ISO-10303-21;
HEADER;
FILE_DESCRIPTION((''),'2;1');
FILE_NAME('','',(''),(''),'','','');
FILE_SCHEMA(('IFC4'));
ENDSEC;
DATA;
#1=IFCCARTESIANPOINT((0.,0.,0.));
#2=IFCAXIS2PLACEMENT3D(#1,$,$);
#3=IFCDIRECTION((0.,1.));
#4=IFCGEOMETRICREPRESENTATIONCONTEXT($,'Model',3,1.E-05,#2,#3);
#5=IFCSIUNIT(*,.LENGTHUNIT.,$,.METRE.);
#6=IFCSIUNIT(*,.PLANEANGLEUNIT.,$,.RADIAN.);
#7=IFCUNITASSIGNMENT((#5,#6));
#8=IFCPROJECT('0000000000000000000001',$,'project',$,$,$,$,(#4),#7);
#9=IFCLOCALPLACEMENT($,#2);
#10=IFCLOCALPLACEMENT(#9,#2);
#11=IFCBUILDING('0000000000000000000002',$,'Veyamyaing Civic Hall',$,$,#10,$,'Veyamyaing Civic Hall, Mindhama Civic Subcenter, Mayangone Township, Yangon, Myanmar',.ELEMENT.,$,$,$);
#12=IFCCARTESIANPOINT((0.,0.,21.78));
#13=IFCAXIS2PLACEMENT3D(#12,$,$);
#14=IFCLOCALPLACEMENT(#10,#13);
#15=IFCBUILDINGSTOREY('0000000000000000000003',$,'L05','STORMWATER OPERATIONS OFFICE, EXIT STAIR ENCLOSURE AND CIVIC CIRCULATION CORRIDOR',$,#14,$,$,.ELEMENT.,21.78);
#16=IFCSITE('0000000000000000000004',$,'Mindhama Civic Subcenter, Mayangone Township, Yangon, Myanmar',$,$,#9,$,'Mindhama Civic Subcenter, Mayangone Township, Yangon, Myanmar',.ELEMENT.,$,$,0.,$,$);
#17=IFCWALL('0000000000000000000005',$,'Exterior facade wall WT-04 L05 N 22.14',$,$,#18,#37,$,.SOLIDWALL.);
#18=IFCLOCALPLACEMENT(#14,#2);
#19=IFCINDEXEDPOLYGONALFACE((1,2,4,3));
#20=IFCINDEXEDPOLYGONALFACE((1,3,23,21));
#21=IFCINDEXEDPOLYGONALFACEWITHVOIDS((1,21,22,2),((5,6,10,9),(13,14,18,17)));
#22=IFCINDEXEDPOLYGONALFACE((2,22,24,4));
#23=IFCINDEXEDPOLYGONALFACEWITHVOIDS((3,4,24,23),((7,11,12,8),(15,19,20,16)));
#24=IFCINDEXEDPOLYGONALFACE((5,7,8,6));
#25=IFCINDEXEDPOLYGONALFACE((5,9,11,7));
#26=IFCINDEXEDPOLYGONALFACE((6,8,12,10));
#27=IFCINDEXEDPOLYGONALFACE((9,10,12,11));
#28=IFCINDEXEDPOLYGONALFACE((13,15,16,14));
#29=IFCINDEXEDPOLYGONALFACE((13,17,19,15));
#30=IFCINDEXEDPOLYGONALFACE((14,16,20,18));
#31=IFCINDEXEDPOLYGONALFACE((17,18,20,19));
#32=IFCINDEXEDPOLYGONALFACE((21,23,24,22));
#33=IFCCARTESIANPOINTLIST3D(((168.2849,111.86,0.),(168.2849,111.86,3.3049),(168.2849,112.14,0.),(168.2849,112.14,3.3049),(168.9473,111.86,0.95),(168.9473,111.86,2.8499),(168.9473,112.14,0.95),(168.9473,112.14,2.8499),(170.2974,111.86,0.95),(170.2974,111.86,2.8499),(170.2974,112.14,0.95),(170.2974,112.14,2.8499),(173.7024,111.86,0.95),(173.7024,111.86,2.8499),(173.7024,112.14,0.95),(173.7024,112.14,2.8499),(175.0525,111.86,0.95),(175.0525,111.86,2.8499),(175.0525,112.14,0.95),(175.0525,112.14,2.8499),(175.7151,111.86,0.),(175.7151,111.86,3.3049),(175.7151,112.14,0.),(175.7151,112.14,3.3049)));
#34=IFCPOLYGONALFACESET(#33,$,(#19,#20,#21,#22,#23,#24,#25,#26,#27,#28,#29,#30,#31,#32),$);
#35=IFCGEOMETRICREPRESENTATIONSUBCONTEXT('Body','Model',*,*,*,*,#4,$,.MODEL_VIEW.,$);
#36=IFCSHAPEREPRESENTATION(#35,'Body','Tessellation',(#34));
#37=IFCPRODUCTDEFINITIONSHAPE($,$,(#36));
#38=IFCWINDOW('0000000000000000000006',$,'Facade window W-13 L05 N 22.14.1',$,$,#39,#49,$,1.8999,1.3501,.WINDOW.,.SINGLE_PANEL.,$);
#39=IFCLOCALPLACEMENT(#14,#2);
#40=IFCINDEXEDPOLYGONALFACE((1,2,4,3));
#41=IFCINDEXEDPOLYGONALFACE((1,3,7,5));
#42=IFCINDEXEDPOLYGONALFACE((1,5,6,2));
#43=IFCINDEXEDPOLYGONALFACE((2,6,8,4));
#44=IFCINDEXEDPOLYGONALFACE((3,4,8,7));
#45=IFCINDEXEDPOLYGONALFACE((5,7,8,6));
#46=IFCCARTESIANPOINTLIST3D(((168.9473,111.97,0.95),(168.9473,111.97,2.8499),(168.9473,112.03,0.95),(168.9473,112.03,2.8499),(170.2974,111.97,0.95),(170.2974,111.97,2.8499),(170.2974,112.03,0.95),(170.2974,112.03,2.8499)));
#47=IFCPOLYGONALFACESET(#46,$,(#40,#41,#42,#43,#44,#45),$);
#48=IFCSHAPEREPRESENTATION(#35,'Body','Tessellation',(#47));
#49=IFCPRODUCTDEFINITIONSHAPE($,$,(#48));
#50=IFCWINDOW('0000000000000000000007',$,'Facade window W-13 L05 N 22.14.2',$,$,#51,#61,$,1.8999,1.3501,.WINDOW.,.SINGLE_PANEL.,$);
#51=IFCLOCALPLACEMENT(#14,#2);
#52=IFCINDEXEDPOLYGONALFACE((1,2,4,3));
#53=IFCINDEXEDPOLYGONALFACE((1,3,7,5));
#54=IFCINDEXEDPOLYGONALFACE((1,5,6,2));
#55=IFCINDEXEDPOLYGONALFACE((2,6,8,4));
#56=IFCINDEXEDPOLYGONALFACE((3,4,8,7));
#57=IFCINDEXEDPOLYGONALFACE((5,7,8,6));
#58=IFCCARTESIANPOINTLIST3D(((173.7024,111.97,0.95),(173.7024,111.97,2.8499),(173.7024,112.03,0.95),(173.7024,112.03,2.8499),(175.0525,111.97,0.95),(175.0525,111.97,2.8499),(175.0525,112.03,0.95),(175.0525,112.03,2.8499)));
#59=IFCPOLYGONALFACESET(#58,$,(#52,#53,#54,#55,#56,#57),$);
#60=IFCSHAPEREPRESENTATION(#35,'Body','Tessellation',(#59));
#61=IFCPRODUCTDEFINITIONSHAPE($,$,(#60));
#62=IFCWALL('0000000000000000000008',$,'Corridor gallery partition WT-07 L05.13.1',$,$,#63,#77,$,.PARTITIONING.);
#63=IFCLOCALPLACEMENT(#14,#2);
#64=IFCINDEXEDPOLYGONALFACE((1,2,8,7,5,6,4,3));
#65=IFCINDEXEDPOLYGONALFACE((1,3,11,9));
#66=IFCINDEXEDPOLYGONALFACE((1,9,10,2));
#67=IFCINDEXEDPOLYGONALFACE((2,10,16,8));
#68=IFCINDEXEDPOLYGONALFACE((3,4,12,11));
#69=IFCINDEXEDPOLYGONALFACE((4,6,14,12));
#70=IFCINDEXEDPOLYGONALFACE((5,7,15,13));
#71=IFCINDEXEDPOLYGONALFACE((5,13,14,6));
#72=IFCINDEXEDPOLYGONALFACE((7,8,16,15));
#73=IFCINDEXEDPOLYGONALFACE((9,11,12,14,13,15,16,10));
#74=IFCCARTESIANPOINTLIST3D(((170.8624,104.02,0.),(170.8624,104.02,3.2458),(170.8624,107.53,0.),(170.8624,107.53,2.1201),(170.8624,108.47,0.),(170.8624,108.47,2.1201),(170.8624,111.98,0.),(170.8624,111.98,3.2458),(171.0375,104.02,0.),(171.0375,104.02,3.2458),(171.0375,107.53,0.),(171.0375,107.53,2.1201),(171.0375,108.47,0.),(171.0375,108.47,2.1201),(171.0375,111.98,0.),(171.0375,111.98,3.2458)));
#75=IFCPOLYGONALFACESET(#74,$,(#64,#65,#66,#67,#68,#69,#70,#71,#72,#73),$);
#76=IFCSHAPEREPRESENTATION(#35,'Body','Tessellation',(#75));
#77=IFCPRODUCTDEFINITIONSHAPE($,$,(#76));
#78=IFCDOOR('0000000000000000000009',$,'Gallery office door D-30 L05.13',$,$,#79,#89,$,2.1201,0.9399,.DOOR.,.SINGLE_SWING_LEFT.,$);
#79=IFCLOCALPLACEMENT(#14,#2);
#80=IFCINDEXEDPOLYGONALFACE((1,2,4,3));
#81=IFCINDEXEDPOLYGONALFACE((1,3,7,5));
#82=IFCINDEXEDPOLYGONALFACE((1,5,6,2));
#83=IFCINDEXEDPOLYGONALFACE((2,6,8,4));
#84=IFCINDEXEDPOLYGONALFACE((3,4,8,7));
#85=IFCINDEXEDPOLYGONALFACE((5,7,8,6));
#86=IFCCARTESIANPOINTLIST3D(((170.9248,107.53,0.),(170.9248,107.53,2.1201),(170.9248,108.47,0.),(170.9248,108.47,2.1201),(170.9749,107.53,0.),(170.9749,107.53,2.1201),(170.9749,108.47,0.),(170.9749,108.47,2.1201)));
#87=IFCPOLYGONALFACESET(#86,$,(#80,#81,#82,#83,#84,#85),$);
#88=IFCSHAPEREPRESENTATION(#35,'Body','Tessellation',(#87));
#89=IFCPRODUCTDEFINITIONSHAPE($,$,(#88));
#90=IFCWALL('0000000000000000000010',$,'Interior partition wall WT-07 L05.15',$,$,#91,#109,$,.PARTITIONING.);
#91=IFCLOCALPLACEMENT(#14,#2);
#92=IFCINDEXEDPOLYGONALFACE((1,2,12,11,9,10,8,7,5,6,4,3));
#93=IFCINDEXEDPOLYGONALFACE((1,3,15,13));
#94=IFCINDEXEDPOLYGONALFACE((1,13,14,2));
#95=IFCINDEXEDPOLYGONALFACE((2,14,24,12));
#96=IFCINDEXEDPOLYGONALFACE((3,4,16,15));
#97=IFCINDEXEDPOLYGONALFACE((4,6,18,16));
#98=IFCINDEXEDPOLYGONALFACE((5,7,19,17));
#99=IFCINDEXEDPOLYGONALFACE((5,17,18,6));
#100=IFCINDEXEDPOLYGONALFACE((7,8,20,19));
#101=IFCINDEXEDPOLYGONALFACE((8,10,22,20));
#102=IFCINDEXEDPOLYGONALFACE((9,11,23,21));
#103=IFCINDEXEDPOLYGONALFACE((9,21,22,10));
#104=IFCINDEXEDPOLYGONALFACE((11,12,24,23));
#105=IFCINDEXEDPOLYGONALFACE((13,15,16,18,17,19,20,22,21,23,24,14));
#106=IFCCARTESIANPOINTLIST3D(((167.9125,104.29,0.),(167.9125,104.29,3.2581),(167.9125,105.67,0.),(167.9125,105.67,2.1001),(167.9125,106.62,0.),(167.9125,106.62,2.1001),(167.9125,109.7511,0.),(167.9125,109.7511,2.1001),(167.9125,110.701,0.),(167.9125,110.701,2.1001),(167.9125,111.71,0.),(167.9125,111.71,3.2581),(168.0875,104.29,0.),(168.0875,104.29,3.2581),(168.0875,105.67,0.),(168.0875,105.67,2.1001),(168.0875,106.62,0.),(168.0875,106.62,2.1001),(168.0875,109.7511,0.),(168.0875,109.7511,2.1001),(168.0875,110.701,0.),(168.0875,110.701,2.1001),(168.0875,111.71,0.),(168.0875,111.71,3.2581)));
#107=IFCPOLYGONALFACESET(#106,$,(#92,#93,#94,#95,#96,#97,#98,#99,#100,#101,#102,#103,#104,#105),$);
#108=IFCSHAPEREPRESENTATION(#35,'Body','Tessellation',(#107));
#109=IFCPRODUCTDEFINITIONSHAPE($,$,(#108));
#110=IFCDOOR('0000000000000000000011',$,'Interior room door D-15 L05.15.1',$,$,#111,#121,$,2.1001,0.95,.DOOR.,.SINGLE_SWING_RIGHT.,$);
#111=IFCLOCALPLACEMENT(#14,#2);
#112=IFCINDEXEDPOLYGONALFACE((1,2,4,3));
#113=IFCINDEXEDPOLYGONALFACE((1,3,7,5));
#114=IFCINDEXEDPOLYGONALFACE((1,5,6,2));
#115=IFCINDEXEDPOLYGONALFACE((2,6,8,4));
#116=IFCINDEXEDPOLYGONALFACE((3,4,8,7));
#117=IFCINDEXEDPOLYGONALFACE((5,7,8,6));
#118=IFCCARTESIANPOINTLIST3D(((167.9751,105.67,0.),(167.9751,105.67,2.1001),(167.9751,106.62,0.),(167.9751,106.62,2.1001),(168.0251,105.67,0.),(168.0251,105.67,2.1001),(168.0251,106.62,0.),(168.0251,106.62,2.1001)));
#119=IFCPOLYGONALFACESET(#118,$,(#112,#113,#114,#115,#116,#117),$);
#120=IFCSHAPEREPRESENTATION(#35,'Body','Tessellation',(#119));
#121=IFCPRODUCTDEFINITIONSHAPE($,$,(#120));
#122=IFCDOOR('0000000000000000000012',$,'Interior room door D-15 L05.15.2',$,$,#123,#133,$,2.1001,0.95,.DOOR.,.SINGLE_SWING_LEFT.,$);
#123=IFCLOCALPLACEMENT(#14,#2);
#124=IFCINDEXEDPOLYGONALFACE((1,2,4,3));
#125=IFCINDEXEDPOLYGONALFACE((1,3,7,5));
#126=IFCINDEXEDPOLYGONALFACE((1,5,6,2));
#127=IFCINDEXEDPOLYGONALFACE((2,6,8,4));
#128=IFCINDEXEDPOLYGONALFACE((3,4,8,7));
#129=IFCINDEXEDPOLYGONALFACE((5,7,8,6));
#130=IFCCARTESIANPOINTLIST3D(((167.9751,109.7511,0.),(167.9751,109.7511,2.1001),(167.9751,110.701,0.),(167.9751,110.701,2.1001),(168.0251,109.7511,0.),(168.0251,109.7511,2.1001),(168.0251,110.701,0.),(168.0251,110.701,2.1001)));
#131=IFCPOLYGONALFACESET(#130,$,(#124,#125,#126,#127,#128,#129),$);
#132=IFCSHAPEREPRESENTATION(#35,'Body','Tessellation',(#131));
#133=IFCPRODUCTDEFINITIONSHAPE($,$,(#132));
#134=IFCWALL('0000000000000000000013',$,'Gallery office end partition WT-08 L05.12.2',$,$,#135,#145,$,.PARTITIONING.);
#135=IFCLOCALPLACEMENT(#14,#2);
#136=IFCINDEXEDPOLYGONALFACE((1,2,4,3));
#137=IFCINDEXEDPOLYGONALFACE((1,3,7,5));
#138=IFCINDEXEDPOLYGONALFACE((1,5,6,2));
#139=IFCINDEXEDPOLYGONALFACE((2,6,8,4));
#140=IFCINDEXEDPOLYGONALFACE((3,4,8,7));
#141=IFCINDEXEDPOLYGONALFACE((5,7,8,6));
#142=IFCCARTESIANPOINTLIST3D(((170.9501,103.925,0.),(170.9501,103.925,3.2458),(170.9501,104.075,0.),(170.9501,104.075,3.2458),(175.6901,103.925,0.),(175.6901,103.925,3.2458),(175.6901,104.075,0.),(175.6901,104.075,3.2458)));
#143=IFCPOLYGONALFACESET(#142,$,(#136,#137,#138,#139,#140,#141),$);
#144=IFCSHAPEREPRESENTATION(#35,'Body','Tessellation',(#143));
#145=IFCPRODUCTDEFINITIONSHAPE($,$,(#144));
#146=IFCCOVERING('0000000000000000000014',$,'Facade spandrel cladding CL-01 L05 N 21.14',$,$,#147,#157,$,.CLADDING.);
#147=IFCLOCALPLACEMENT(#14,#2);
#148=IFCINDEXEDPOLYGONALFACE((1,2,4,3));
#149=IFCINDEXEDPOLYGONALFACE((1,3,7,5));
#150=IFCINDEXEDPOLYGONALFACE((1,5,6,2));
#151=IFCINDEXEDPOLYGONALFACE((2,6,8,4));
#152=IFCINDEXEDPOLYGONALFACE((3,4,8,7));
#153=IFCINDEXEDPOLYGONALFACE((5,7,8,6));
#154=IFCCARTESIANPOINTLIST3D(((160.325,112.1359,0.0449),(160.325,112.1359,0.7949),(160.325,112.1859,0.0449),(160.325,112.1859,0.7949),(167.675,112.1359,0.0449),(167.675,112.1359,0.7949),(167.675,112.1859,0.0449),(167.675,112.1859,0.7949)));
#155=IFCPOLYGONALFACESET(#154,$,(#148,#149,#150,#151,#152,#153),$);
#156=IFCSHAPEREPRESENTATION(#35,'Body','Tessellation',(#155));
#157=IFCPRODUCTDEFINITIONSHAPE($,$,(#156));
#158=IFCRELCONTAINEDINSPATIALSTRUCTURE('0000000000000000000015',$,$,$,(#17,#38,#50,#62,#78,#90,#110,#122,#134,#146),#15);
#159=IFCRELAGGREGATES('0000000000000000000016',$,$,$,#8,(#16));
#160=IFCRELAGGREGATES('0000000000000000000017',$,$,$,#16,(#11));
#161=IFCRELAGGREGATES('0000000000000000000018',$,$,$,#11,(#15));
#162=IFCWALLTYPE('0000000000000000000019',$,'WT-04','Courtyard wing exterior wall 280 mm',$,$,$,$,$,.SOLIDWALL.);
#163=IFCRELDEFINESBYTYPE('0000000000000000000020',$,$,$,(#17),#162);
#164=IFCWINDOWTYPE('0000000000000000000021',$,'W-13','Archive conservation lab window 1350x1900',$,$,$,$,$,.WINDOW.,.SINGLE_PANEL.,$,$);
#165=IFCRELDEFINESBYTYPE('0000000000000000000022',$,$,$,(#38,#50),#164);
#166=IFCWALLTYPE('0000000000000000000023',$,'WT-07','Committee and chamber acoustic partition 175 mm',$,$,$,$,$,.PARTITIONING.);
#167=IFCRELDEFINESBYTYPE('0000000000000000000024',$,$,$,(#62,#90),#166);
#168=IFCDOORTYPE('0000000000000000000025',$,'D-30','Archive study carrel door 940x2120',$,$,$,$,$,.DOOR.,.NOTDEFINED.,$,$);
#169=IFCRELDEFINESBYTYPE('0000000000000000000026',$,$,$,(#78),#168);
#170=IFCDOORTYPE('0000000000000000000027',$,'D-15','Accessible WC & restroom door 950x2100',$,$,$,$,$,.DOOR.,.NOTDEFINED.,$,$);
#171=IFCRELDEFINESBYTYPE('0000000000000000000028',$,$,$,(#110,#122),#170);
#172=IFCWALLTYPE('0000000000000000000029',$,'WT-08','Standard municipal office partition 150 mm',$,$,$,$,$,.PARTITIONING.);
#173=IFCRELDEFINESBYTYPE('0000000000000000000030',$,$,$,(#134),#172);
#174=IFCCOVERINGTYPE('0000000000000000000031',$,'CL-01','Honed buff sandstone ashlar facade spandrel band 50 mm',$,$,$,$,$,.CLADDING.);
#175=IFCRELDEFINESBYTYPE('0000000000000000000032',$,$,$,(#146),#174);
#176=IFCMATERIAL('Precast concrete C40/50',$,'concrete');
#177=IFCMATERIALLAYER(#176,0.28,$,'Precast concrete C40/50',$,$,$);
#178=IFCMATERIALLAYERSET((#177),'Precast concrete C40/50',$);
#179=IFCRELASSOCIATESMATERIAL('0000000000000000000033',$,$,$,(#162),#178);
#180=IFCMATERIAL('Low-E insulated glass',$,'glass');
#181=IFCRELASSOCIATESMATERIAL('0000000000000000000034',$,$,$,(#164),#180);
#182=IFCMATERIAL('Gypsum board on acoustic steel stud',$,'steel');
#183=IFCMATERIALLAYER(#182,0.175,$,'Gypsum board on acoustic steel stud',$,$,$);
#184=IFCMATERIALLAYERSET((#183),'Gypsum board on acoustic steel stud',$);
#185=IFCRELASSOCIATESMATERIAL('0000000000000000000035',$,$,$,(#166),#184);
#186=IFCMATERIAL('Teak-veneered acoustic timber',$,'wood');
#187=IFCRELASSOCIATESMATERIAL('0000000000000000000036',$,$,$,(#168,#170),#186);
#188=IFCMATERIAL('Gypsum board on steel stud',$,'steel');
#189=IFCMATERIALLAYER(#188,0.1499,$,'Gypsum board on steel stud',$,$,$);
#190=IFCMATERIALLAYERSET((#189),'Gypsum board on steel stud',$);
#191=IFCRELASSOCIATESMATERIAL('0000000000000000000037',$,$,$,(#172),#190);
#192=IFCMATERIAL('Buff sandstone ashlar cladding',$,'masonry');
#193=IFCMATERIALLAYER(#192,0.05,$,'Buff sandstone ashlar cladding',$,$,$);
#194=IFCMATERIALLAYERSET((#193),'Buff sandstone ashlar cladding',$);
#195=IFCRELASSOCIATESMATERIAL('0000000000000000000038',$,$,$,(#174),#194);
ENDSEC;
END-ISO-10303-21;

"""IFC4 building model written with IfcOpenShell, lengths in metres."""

from ifc_helpers import new_model, si_unit, direction, frame, frame_2d, origin, origin_2d, place, context, subcontext, project, spatial, rectangle, extrude, material, layer, layer_set, type_object, element, fill, save


model = new_model("IFC4")

# Units and contexts
model_context = context("Model", 3, precision=1e-05, world=origin(), true_north=direction((0.0, 1.0)))
body_context = subcontext(model_context, "Body", "Model", "MODEL_VIEW")
ifc_project = project(units=[si_unit("LENGTHUNIT", "METRE"), si_unit("PLANEANGLEUNIT", "RADIAN")], contexts=[model_context])

# Site, building, storey
site_placement = place(None, origin())
site = spatial("IfcSite", under=ifc_project, at=site_placement, Name="Mindhama Civic Subcenter, Mayangone Township, Yangon, Myanmar", LongName="Mindhama Civic Subcenter, Mayangone Township, Yangon, Myanmar", CompositionType="ELEMENT", RefElevation=0.0)
building_placement = place(site_placement, origin())
building = spatial("IfcBuilding", under=site, at=building_placement, Name="Veyamyaing Civic Hall", LongName="Veyamyaing Civic Hall, Mindhama Civic Subcenter, Mayangone Township, Yangon, Myanmar", CompositionType="ELEMENT")
storey_placement = place(building_placement, frame((0.0, 0.0, 21.78)))
storey = spatial("IfcBuildingStorey", under=building, at=storey_placement, Name="L05", Description="STORMWATER OPERATIONS OFFICE, EXIT STAIR ENCLOSURE AND CIVIC CIRCULATION CORRIDOR", CompositionType="ELEMENT", Elevation=21.78)

# Wall, openings, windows
ifc_material_1 = material(Name="Precast concrete C40/50", Category="concrete")
ifc_layer_1 = layer(ifc_material_1, 0.28, Name="Precast concrete C40/50")
ifc_layer_set_1 = layer_set([ifc_layer_1], Name="Precast concrete C40/50")
wall_type_1 = type_object("IfcWallType", Name="WT-04", Description="Courtyard wing exterior wall 280 mm", PredefinedType="SOLIDWALL", material=ifc_layer_set_1)
wall_1_placement = place(storey_placement, frame((168.2849, 112.0, 0.0), z_axis=(0.0, 0.0, 1.0), x_axis=(1.0, 0.0, 0.0)))
wall_1 = element("IfcWall", 1, at=wall_1_placement, inside=storey, type_object=wall_type_1, Name="Exterior facade wall WT-04 L05 N 22.14", PredefinedType="SOLIDWALL", context=body_context, shape_type="SweptSolid", body=[
    extrude(rectangle(XDim=7.4302, YDim=0.28, at=frame_2d((3.7151, 0.0))), origin(), (0.0, 0.0, 1.0), 3.3049),
])
opening_1_placement = place(wall_1_placement, frame((0.6624, 0.0, 0.95)))
opening_1 = element("IfcOpeningElement", 2, at=opening_1_placement, cuts=wall_1, PredefinedType="OPENING", context=body_context, shape_type="SweptSolid", body=[
    extrude(rectangle(XDim=1.3501, YDim=1.8999, at=frame_2d((0.675, 0.95))), frame((0.0, 0.1499, 0.0), z_axis=(0.0, -1.0, 0.0), x_axis=(1.0, 0.0, 0.0)), (0.0, 0.0, 1.0), 0.3),
])
opening_2_placement = place(wall_1_placement, frame((5.4175, 0.0, 0.95)))
opening_2 = element("IfcOpeningElement", 3, at=opening_2_placement, cuts=wall_1, PredefinedType="OPENING", context=body_context, shape_type="SweptSolid", body=[
    extrude(rectangle(XDim=1.3501, YDim=1.8999, at=frame_2d((0.675, 0.95))), frame((0.0, 0.1499, 0.0), z_axis=(0.0, -1.0, 0.0), x_axis=(1.0, 0.0, 0.0)), (0.0, 0.0, 1.0), 0.3),
])
ifc_material_2 = material(Name="Low-E insulated glass", Category="glass")
window_type = type_object("IfcWindowType", Name="W-13", Description="Archive conservation lab window 1350x1900", PartitioningType="SINGLE_PANEL", PredefinedType="WINDOW", material=ifc_material_2)
window_1_placement = place(opening_1_placement, origin())
window_1 = element("IfcWindow", 4, at=window_1_placement, inside=storey, type_object=window_type, Name="Facade window W-13 L05 N 22.14.1", OverallHeight=1.8999, OverallWidth=1.3501, PartitioningType="SINGLE_PANEL", PredefinedType="WINDOW", context=body_context, shape_type="SweptSolid", body=[
    extrude(rectangle(XDim=1.3501, YDim=1.8999, at=frame_2d((0.675, 0.95))), frame((0.0, 0.03, 0.0), z_axis=(0.0, -1.0, 0.0), x_axis=(1.0, 0.0, 0.0)), (0.0, 0.0, 1.0), 0.0601),
])
fill(opening_1, window_1)
window_2_placement = place(opening_2_placement, origin())
window_2 = element("IfcWindow", 5, at=window_2_placement, inside=storey, type_object=window_type, Name="Facade window W-13 L05 N 22.14.2", OverallHeight=1.8999, OverallWidth=1.3501, PartitioningType="SINGLE_PANEL", PredefinedType="WINDOW", context=body_context, shape_type="SweptSolid", body=[
    extrude(rectangle(XDim=1.3501, YDim=1.8999, at=frame_2d((0.675, 0.95))), frame((0.0, 0.03, 0.0), z_axis=(0.0, -1.0, 0.0), x_axis=(1.0, 0.0, 0.0)), (0.0, 0.0, 1.0), 0.0601),
])
fill(opening_2, window_2)

# Wall, opening, door
ifc_material_3 = material(Name="Gypsum board on acoustic steel stud", Category="steel")
ifc_layer_2 = layer(ifc_material_3, 0.175, Name="Gypsum board on acoustic steel stud")
ifc_layer_set_2 = layer_set([ifc_layer_2], Name="Gypsum board on acoustic steel stud")
wall_type_2 = type_object("IfcWallType", Name="WT-07", Description="Committee and chamber acoustic partition 175 mm", PredefinedType="PARTITIONING", material=ifc_layer_set_2)
wall_2_placement = place(storey_placement, frame((170.95, 104.02, 0.0), z_axis=(0.0, 0.0, 1.0), x_axis=(0.0, 1.0, 0.0)))
wall_2 = element("IfcWall", 6, at=wall_2_placement, inside=storey, type_object=wall_type_2, Name="Corridor gallery partition WT-07 L05.13.1", PredefinedType="PARTITIONING", context=body_context, shape_type="SweptSolid", body=[
    extrude(rectangle(XDim=7.96, YDim=0.175, at=frame_2d((3.98, 0.0))), origin(), (0.0, 0.0, 1.0), 3.2458),
])
opening_3_placement = place(wall_2_placement, frame((3.51, 0.0, 0.0)))
opening_3 = element("IfcOpeningElement", 7, at=opening_3_placement, cuts=wall_2, PredefinedType="OPENING", context=body_context, shape_type="SweptSolid", body=[
    extrude(rectangle(XDim=0.9399, YDim=2.1201, at=frame_2d((0.47, 1.0601))), frame((0.0, 0.0974, 0.0), z_axis=(0.0, -1.0, 0.0), x_axis=(1.0, 0.0, 0.0)), (0.0, 0.0, 1.0), 0.1951),
])
ifc_material_4 = material(Name="Teak-veneered acoustic timber", Category="wood")
door_type_1 = type_object("IfcDoorType", Name="D-30", Description="Archive study carrel door 940x2120", OperationType="NOTDEFINED", PredefinedType="DOOR", material=ifc_material_4)
door_1_placement = place(opening_3_placement, frame((0.9399, 0.0, 0.0), z_axis=(0.0, 0.0, 1.0), x_axis=(-1.0, 0.0, 0.0)))
door_1 = element("IfcDoor", 8, at=door_1_placement, inside=storey, type_object=door_type_1, Name="Gallery office door D-30 L05.13", OperationType="SINGLE_SWING_LEFT", OverallHeight=2.1201, OverallWidth=0.9399, PredefinedType="DOOR", context=body_context, shape_type="SweptSolid", body=[
    extrude(rectangle(XDim=0.9399, YDim=2.1201, at=frame_2d((0.47, 1.0601))), frame((0.0, 0.0249, 0.0), z_axis=(0.0, -1.0, 0.0), x_axis=(1.0, 0.0, 0.0)), (0.0, 0.0, 1.0), 0.05),
])
fill(opening_3, door_1)

# Wall, openings, doors
wall_3_placement = place(storey_placement, frame((168.0, 104.29, 0.0), z_axis=(0.0, 0.0, 1.0), x_axis=(0.0, 1.0, 0.0)))
wall_3 = element("IfcWall", 9, at=wall_3_placement, inside=storey, type_object=wall_type_2, Name="Interior partition wall WT-07 L05.15", PredefinedType="PARTITIONING", context=body_context, shape_type="SweptSolid", body=[
    extrude(rectangle(XDim=7.4199, YDim=0.175, at=frame_2d((3.71, 0.0))), origin(), (0.0, 0.0, 1.0), 3.2581),
])
opening_4_placement = place(wall_3_placement, frame((1.3799, 0.0, 0.0)))
opening_4 = element("IfcOpeningElement", 10, at=opening_4_placement, cuts=wall_3, PredefinedType="OPENING", context=body_context, shape_type="SweptSolid", body=[
    extrude(rectangle(XDim=0.95, YDim=2.1001, at=frame_2d((0.4751, 1.05))), frame((0.0, 0.0974, 0.0), z_axis=(0.0, -1.0, 0.0), x_axis=(1.0, 0.0, 0.0)), (0.0, 0.0, 1.0), 0.1951),
])
opening_5_placement = place(wall_3_placement, frame((5.4609, 0.0, 0.0)))
opening_5 = element("IfcOpeningElement", 11, at=opening_5_placement, cuts=wall_3, PredefinedType="OPENING", context=body_context, shape_type="SweptSolid", body=[
    extrude(rectangle(XDim=0.95, YDim=2.1001, at=frame_2d((0.4751, 1.05))), frame((0.0, 0.0974, 0.0), z_axis=(0.0, -1.0, 0.0), x_axis=(1.0, 0.0, 0.0)), (0.0, 0.0, 1.0), 0.1951),
])
door_type_2 = type_object("IfcDoorType", Name="D-15", Description="Accessible WC & restroom door 950x2100", OperationType="NOTDEFINED", PredefinedType="DOOR", material=ifc_material_4)
door_2_placement = place(opening_4_placement, origin())
door_2 = element("IfcDoor", 12, at=door_2_placement, inside=storey, type_object=door_type_2, Name="Interior room door D-15 L05.15.1", OperationType="SINGLE_SWING_RIGHT", OverallHeight=2.1001, OverallWidth=0.95, PredefinedType="DOOR", context=body_context, shape_type="SweptSolid", body=[
    extrude(rectangle(XDim=0.95, YDim=2.1001, at=frame_2d((0.4751, 1.05))), frame((0.0, 0.0249, 0.0), z_axis=(0.0, -1.0, 0.0), x_axis=(1.0, 0.0, 0.0)), (0.0, 0.0, 1.0), 0.05),
])
fill(opening_4, door_2)
door_3_placement = place(opening_5_placement, origin())
door_3 = element("IfcDoor", 13, at=door_3_placement, inside=storey, type_object=door_type_2, Name="Interior room door D-15 L05.15.2", OperationType="SINGLE_SWING_LEFT", OverallHeight=2.1001, OverallWidth=0.95, PredefinedType="DOOR", context=body_context, shape_type="SweptSolid", body=[
    extrude(rectangle(XDim=0.95, YDim=2.1001, at=frame_2d((0.4751, 1.05))), frame((0.0, 0.0249, 0.0), z_axis=(0.0, -1.0, 0.0), x_axis=(1.0, 0.0, 0.0)), (0.0, 0.0, 1.0), 0.05),
])
fill(opening_5, door_3)

# Wall
ifc_material_5 = material(Name="Gypsum board on steel stud", Category="steel")
ifc_layer_3 = layer(ifc_material_5, 0.1499, Name="Gypsum board on steel stud")
ifc_layer_set_3 = layer_set([ifc_layer_3], Name="Gypsum board on steel stud")
wall_type_3 = type_object("IfcWallType", Name="WT-08", Description="Standard municipal office partition 150 mm", PredefinedType="PARTITIONING", material=ifc_layer_set_3)
wall_4_placement = place(storey_placement, frame((170.95, 104.0, 0.0), z_axis=(0.0, 0.0, 1.0), x_axis=(1.0, 0.0, 0.0)))
element("IfcWall", 14, at=wall_4_placement, inside=storey, type_object=wall_type_3, Name="Gallery office end partition WT-08 L05.12.2", PredefinedType="PARTITIONING", context=body_context, shape_type="SweptSolid", body=[
    extrude(rectangle(XDim=4.74, YDim=0.1499, at=frame_2d((2.3701, 0.0))), origin(), (0.0, 0.0, 1.0), 3.2458),
])

# Covering
ifc_material_6 = material(Name="Buff sandstone ashlar cladding", Category="masonry")
ifc_layer_4 = layer(ifc_material_6, 0.05, Name="Buff sandstone ashlar cladding")
ifc_layer_set_4 = layer_set([ifc_layer_4], Name="Buff sandstone ashlar cladding")
covering_type_1 = type_object("IfcCoveringType", Name="CL-01", Description="Honed buff sandstone ashlar facade spandrel band 50 mm", PredefinedType="CLADDING", material=ifc_layer_set_4)
covering_placement = place(storey_placement, frame((164.0, 112.1609, 0.0449), z_axis=(0.0, 0.0, 1.0), x_axis=(1.0, 0.0, 0.0)))
element("IfcCovering", 15, at=covering_placement, inside=storey, type_object=covering_type_1, Name="Facade spandrel cladding CL-01 L05 N 21.14", PredefinedType="CLADDING", context=body_context, shape_type="SweptSolid", body=[
    extrude(rectangle(XDim=7.3501, YDim=0.05, at=origin_2d()), origin(), (0.0, 0.0, 1.0), 0.75),
])

save(model, "model.ifc")
